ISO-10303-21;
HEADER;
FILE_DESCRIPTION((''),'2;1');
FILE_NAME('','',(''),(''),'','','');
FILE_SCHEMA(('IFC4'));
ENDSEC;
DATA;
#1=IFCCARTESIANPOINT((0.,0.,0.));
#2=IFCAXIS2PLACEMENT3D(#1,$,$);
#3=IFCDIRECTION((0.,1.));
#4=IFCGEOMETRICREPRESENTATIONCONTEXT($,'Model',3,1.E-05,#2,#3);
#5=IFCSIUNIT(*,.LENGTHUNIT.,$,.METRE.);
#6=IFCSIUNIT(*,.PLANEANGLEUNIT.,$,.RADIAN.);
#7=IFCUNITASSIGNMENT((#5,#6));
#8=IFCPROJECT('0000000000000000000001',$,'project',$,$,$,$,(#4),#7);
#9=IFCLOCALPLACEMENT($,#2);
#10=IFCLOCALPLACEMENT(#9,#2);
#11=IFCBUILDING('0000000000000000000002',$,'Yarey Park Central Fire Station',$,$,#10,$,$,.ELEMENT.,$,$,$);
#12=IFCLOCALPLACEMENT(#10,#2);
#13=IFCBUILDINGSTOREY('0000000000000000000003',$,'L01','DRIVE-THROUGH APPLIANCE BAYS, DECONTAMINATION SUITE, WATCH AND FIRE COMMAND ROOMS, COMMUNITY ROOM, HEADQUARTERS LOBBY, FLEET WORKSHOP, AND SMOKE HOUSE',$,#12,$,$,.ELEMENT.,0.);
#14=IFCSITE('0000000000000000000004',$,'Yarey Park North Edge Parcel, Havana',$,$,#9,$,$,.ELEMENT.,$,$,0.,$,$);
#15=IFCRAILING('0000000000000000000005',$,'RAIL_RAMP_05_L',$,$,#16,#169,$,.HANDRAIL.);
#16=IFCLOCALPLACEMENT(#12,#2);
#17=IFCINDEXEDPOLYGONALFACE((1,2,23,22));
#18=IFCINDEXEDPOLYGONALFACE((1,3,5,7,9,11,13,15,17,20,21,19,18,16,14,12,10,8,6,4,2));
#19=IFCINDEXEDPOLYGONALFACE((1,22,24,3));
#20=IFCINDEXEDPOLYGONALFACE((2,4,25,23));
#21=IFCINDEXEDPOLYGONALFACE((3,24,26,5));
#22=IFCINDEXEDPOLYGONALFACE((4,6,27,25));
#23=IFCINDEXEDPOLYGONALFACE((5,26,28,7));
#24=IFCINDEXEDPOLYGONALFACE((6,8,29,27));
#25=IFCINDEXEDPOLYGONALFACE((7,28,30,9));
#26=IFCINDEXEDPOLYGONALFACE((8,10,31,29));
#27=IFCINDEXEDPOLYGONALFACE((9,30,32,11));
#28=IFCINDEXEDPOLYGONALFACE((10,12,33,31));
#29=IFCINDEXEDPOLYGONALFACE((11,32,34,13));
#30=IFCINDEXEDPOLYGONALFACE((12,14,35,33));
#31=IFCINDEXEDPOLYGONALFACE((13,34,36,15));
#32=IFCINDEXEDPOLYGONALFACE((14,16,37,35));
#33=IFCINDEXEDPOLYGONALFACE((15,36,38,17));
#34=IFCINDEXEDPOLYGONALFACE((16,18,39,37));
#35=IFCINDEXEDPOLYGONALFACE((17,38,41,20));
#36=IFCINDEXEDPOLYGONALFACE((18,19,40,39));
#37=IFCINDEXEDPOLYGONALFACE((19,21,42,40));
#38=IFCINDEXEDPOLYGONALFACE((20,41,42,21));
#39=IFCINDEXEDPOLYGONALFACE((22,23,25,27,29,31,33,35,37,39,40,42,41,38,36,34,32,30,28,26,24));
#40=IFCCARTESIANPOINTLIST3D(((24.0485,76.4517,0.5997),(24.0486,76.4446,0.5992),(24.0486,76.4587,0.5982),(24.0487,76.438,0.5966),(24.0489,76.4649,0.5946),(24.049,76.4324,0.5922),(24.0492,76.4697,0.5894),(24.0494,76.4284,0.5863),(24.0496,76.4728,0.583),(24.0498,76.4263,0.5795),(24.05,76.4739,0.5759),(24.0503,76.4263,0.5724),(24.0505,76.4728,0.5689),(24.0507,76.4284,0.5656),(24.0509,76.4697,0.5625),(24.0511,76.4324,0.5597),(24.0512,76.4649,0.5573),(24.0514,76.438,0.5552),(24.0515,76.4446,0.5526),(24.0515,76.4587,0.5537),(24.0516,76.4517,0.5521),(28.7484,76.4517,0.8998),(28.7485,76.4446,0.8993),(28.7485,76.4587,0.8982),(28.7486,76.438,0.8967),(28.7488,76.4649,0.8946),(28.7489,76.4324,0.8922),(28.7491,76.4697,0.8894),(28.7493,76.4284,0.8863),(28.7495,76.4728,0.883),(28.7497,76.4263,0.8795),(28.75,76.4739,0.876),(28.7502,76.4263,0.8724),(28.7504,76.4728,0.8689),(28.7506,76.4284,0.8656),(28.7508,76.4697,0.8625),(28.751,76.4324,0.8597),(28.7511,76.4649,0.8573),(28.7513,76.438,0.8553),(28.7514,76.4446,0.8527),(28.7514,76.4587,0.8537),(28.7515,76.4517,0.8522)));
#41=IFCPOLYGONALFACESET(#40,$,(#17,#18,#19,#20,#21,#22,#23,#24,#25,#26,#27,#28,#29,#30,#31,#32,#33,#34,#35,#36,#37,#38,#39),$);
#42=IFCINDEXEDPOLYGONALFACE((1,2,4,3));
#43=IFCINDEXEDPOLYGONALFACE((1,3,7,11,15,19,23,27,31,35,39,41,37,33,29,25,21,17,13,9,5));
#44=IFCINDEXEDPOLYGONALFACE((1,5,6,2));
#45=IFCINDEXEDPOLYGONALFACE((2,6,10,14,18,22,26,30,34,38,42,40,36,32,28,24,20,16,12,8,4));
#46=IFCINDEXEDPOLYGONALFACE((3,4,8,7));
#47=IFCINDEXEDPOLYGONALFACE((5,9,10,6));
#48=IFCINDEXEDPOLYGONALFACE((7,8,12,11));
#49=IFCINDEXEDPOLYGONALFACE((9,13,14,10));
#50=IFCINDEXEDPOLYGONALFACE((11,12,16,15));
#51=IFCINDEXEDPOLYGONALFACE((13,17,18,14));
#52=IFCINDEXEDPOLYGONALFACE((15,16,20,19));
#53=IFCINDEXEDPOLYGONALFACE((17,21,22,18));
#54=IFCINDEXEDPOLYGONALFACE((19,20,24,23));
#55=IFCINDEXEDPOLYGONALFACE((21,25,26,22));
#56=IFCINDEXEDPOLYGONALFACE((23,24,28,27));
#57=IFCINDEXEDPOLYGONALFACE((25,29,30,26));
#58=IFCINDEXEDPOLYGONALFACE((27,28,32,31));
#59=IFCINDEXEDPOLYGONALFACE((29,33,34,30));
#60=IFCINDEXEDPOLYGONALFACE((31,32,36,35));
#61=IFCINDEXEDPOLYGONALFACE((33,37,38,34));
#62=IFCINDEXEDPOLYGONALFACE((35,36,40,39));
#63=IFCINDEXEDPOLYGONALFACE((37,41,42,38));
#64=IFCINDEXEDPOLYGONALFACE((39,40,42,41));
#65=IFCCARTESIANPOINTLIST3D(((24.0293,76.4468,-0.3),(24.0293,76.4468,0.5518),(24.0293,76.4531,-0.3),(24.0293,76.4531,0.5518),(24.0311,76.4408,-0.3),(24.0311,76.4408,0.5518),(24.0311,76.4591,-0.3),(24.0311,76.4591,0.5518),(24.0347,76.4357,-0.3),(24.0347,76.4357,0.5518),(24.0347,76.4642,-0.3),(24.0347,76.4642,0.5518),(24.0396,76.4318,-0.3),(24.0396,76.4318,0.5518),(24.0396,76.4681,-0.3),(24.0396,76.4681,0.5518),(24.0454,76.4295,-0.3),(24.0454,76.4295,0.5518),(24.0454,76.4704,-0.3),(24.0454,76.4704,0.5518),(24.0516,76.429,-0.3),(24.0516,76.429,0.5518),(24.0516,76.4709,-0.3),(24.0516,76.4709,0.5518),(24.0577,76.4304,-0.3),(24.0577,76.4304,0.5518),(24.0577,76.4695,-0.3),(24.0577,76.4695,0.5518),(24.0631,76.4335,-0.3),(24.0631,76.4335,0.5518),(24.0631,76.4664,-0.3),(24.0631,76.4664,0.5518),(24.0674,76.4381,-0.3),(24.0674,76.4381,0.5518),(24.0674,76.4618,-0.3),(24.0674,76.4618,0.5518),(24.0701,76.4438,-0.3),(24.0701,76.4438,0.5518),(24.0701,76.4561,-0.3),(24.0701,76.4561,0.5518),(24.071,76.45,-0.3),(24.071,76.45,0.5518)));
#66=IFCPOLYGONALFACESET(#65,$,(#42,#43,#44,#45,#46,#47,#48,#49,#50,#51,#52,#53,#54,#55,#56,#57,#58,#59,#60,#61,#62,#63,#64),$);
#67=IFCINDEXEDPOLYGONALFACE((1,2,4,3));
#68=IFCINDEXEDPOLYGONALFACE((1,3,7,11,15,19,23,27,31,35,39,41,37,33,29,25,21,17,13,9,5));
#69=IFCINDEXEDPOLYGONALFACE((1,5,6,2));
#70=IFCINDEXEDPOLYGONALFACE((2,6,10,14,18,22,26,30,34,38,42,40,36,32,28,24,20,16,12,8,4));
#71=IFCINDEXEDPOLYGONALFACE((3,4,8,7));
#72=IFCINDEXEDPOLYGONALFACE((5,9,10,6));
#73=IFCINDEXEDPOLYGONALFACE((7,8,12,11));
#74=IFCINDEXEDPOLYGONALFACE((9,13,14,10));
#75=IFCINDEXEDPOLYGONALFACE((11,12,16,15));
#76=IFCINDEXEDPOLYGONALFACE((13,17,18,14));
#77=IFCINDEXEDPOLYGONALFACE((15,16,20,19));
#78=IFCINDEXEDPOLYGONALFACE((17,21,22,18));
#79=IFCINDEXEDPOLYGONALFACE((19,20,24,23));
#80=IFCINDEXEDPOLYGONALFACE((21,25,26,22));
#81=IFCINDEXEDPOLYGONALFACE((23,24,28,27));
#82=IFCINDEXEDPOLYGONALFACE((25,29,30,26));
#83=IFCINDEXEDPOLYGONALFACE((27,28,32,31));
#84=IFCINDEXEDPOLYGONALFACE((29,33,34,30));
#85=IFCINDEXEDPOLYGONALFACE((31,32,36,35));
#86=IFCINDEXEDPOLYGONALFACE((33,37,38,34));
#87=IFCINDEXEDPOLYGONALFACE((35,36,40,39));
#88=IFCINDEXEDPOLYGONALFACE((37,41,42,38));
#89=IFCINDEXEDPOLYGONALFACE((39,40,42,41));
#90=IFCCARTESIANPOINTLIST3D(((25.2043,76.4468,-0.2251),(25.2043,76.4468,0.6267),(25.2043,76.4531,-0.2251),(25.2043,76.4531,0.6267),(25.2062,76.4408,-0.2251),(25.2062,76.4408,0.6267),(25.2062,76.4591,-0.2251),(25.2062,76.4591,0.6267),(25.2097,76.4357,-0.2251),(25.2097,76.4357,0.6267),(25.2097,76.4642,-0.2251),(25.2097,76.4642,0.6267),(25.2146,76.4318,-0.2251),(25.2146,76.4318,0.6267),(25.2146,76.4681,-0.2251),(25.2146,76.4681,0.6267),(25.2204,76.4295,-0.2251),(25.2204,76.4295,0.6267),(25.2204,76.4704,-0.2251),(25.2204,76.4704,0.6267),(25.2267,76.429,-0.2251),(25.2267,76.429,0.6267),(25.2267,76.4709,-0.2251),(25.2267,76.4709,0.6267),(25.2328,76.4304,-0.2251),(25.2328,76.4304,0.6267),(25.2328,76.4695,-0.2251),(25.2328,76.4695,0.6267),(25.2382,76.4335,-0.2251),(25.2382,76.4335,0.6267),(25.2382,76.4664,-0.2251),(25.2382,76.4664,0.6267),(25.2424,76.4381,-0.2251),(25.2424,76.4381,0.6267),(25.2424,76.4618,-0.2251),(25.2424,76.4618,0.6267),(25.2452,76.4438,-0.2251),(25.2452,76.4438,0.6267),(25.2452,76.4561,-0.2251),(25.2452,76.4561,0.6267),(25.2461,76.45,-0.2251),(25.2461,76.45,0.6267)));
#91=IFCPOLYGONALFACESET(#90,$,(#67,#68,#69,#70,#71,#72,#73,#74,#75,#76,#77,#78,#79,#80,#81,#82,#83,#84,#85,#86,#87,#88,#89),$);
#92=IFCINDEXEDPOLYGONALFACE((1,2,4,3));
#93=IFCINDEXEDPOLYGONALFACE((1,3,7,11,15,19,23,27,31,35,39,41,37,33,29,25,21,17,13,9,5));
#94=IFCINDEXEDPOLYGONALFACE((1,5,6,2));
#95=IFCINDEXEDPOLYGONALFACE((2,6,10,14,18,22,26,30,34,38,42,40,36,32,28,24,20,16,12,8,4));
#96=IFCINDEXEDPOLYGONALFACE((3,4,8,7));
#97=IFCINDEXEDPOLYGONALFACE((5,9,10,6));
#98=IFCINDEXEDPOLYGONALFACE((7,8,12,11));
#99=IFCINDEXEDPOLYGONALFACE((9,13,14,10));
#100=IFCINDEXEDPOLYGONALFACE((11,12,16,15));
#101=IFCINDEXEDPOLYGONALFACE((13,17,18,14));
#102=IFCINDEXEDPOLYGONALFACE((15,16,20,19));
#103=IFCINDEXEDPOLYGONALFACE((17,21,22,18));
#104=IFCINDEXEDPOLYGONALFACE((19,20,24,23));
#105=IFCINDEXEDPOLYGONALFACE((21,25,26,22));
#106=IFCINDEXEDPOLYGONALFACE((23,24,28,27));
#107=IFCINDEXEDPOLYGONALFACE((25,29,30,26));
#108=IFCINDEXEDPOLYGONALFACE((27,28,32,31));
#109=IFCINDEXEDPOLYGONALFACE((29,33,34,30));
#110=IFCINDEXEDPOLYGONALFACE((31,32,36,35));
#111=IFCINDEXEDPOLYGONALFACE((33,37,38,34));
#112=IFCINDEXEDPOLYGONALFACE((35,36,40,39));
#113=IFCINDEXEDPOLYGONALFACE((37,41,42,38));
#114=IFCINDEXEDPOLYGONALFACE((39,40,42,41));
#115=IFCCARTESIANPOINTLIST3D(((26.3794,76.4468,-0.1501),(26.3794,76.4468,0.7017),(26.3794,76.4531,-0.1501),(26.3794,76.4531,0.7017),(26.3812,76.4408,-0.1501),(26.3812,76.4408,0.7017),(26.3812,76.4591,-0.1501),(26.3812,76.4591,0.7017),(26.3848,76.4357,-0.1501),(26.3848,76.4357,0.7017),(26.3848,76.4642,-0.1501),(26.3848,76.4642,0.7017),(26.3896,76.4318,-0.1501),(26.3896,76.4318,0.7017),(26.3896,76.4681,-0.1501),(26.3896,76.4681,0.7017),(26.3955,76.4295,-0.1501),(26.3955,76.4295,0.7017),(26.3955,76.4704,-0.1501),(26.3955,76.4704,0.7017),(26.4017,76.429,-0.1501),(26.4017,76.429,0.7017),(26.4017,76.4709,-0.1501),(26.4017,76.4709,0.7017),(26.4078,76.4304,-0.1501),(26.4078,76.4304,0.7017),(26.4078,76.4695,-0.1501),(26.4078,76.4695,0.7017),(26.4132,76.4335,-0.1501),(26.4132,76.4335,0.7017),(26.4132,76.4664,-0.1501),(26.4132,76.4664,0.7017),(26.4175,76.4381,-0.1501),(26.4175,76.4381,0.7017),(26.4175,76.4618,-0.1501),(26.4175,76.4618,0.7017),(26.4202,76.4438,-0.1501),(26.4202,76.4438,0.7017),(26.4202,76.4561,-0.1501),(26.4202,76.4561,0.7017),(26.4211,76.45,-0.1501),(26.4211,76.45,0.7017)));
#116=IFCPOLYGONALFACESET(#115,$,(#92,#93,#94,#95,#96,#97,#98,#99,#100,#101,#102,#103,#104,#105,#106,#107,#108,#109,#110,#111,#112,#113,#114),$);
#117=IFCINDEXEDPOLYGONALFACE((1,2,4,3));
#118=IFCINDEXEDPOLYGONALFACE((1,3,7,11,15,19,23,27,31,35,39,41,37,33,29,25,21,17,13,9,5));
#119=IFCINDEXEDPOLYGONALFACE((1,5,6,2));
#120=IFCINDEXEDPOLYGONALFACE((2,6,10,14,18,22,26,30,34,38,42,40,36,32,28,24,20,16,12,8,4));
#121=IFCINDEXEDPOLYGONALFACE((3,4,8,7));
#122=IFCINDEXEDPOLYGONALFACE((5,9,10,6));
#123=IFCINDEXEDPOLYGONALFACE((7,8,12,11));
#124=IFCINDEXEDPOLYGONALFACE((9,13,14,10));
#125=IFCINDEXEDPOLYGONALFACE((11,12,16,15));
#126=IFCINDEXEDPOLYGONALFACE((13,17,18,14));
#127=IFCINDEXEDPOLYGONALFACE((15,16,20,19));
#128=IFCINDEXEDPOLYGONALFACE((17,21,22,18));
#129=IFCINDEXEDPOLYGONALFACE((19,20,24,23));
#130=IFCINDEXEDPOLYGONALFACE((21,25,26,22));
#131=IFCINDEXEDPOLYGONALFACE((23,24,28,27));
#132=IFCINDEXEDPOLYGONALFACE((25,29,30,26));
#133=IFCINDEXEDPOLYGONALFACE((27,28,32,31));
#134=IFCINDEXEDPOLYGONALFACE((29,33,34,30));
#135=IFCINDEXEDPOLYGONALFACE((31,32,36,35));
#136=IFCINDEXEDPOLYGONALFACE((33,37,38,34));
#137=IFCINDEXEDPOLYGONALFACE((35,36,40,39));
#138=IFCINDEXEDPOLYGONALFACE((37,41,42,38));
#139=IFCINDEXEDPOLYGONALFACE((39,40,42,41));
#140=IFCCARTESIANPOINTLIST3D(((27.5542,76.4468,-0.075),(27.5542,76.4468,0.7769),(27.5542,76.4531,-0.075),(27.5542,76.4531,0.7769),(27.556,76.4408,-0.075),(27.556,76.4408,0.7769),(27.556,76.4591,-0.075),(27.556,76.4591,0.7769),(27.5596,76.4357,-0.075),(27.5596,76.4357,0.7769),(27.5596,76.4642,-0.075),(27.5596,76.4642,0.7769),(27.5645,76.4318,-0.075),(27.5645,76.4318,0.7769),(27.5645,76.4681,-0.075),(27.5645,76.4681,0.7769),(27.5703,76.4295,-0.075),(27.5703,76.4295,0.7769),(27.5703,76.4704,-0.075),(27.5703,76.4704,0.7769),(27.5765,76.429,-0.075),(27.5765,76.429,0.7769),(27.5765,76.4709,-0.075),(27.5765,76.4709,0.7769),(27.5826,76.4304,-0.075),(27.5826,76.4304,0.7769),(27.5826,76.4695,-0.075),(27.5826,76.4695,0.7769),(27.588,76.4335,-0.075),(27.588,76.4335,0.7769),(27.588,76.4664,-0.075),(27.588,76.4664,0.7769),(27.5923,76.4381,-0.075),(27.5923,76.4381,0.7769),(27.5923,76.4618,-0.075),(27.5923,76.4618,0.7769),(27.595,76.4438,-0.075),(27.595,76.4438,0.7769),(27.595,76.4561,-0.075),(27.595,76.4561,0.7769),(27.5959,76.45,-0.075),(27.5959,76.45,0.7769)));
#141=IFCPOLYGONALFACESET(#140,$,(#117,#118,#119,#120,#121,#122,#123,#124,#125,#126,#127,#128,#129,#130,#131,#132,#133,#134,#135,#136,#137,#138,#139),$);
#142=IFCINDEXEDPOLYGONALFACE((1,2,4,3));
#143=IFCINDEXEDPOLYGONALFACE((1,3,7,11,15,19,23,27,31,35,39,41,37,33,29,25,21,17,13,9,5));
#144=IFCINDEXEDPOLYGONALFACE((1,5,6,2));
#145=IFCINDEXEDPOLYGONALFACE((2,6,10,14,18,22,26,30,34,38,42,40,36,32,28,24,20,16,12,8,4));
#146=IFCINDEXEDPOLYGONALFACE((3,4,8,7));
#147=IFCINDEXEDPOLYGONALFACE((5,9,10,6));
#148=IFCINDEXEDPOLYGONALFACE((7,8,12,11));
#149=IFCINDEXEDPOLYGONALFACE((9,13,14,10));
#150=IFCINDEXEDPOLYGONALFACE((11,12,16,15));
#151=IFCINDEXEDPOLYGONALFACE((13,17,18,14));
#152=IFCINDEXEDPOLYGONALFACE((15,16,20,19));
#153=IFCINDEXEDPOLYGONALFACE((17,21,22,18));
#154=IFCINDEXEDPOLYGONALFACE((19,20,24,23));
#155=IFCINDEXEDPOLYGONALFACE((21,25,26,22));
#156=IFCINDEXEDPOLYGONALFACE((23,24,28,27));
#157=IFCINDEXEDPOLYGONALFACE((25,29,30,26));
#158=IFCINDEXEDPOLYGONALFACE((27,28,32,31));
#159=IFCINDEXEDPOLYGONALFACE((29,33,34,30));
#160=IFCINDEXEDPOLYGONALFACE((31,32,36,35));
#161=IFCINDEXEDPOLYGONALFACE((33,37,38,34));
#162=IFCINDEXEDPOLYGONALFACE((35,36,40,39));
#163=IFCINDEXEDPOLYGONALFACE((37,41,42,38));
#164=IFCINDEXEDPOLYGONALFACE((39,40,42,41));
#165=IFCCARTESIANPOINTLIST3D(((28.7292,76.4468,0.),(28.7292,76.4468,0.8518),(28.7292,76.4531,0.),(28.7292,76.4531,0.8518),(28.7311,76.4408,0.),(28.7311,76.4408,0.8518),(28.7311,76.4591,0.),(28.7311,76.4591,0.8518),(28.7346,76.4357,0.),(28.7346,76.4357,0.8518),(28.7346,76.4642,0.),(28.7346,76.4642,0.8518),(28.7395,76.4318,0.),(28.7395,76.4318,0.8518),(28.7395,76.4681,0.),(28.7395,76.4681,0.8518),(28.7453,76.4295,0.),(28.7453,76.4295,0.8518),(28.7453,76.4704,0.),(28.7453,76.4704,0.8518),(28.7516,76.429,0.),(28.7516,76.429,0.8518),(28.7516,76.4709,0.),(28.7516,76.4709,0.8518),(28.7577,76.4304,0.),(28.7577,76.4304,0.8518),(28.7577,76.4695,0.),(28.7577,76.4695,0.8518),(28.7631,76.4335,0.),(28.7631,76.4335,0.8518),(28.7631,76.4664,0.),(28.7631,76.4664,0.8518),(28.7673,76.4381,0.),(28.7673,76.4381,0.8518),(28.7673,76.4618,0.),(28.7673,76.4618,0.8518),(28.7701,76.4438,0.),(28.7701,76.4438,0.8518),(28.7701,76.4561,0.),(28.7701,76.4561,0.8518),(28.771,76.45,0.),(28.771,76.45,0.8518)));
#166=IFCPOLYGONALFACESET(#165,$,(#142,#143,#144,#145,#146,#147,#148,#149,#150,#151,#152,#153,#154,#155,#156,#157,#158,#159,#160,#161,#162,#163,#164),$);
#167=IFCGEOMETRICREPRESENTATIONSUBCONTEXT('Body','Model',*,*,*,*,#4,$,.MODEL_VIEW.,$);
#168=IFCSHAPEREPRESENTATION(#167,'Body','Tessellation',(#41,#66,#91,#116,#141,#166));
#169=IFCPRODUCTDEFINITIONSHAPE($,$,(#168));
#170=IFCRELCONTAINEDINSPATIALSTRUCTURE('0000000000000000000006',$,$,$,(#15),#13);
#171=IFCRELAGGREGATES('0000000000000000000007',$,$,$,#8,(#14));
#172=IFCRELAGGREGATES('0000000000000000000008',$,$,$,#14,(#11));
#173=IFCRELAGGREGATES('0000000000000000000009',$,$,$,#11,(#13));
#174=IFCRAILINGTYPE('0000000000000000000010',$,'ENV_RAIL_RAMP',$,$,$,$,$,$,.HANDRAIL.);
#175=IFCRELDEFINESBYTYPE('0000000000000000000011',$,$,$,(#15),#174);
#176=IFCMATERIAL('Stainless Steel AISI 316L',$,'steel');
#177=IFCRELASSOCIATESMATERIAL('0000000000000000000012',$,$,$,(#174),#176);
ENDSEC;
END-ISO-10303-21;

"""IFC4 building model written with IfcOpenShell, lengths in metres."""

from ifc_helpers import new_model, si_unit, direction, frame, origin, origin_2d, place, context, subcontext, project, spatial, circle, extrude, material, type_object, element, save


model = new_model("IFC4")

# Units and contexts
model_context = context("Model", 3, precision=1e-05, world=origin(), true_north=direction((0.0, 1.0)))
body_context = subcontext(model_context, "Body", "Model", "MODEL_VIEW")
ifc_project = project(units=[si_unit("LENGTHUNIT", "METRE"), si_unit("PLANEANGLEUNIT", "RADIAN")], contexts=[model_context])

# Site, building, storey
site_placement = place(None, origin())
site = spatial("IfcSite", under=ifc_project, at=site_placement, Name="Yarey Park North Edge Parcel, Havana", CompositionType="ELEMENT", RefElevation=0.0)
building_placement = place(site_placement, origin())
building = spatial("IfcBuilding", under=site, at=building_placement, Name="Yarey Park Central Fire Station", CompositionType="ELEMENT")
storey_placement = place(building_placement, origin())
storey = spatial("IfcBuildingStorey", under=building, at=storey_placement, Name="L01", Description="DRIVE-THROUGH APPLIANCE BAYS, DECONTAMINATION SUITE, WATCH AND FIRE COMMAND ROOMS, COMMUNITY ROOM, HEADQUARTERS LOBBY, FLEET WORKSHOP, AND SMOKE HOUSE", CompositionType="ELEMENT", Elevation=0.0)

# Railing
ifc_material_1 = material(Name="Stainless Steel AISI 316L", Category="steel")
railing_type = type_object("IfcRailingType", Name="ENV_RAIL_RAMP", PredefinedType="HANDRAIL", material=ifc_material_1)
for number, where, name in (
    (1, (24.05, 76.45, -0.3), "RAIL_RAMP_05_L"),
):
    element("IfcRailing", number, at=place(storey_placement, frame(where)), inside=storey, type_object=railing_type, Name=name, PredefinedType="HANDRAIL", context=body_context, shape_type="SweptSolid", body=[
        extrude(circle(Radius=0.0239, at=origin_2d()), frame((0.0, 0.0, 0.876), z_axis=(0.997968, 0.0, 0.063711), x_axis=(0.0, 1.0, 0.0)), (0.0, 0.0, 1.0), 4.7095),
        extrude(circle(Radius=0.021, at=origin_2d()), origin(), (0.0, 0.0, 1.0), 0.8518),
        extrude(circle(Radius=0.021, at=origin_2d()), frame((1.175, 0.0, 0.075)), (0.0, 0.0, 1.0), 0.8518),
        extrude(circle(Radius=0.021, at=origin_2d()), frame((2.3501, 0.0, 0.1499)), (0.0, 0.0, 1.0), 0.8518),
        extrude(circle(Radius=0.021, at=origin_2d()), frame((3.5249, 0.0, 0.2251)), (0.0, 0.0, 1.0), 0.8518),
        extrude(circle(Radius=0.021, at=origin_2d()), frame((4.7, 0.0, 0.3)), (0.0, 0.0, 1.0), 0.8518),
    ])

save(model, "model.ifc")
